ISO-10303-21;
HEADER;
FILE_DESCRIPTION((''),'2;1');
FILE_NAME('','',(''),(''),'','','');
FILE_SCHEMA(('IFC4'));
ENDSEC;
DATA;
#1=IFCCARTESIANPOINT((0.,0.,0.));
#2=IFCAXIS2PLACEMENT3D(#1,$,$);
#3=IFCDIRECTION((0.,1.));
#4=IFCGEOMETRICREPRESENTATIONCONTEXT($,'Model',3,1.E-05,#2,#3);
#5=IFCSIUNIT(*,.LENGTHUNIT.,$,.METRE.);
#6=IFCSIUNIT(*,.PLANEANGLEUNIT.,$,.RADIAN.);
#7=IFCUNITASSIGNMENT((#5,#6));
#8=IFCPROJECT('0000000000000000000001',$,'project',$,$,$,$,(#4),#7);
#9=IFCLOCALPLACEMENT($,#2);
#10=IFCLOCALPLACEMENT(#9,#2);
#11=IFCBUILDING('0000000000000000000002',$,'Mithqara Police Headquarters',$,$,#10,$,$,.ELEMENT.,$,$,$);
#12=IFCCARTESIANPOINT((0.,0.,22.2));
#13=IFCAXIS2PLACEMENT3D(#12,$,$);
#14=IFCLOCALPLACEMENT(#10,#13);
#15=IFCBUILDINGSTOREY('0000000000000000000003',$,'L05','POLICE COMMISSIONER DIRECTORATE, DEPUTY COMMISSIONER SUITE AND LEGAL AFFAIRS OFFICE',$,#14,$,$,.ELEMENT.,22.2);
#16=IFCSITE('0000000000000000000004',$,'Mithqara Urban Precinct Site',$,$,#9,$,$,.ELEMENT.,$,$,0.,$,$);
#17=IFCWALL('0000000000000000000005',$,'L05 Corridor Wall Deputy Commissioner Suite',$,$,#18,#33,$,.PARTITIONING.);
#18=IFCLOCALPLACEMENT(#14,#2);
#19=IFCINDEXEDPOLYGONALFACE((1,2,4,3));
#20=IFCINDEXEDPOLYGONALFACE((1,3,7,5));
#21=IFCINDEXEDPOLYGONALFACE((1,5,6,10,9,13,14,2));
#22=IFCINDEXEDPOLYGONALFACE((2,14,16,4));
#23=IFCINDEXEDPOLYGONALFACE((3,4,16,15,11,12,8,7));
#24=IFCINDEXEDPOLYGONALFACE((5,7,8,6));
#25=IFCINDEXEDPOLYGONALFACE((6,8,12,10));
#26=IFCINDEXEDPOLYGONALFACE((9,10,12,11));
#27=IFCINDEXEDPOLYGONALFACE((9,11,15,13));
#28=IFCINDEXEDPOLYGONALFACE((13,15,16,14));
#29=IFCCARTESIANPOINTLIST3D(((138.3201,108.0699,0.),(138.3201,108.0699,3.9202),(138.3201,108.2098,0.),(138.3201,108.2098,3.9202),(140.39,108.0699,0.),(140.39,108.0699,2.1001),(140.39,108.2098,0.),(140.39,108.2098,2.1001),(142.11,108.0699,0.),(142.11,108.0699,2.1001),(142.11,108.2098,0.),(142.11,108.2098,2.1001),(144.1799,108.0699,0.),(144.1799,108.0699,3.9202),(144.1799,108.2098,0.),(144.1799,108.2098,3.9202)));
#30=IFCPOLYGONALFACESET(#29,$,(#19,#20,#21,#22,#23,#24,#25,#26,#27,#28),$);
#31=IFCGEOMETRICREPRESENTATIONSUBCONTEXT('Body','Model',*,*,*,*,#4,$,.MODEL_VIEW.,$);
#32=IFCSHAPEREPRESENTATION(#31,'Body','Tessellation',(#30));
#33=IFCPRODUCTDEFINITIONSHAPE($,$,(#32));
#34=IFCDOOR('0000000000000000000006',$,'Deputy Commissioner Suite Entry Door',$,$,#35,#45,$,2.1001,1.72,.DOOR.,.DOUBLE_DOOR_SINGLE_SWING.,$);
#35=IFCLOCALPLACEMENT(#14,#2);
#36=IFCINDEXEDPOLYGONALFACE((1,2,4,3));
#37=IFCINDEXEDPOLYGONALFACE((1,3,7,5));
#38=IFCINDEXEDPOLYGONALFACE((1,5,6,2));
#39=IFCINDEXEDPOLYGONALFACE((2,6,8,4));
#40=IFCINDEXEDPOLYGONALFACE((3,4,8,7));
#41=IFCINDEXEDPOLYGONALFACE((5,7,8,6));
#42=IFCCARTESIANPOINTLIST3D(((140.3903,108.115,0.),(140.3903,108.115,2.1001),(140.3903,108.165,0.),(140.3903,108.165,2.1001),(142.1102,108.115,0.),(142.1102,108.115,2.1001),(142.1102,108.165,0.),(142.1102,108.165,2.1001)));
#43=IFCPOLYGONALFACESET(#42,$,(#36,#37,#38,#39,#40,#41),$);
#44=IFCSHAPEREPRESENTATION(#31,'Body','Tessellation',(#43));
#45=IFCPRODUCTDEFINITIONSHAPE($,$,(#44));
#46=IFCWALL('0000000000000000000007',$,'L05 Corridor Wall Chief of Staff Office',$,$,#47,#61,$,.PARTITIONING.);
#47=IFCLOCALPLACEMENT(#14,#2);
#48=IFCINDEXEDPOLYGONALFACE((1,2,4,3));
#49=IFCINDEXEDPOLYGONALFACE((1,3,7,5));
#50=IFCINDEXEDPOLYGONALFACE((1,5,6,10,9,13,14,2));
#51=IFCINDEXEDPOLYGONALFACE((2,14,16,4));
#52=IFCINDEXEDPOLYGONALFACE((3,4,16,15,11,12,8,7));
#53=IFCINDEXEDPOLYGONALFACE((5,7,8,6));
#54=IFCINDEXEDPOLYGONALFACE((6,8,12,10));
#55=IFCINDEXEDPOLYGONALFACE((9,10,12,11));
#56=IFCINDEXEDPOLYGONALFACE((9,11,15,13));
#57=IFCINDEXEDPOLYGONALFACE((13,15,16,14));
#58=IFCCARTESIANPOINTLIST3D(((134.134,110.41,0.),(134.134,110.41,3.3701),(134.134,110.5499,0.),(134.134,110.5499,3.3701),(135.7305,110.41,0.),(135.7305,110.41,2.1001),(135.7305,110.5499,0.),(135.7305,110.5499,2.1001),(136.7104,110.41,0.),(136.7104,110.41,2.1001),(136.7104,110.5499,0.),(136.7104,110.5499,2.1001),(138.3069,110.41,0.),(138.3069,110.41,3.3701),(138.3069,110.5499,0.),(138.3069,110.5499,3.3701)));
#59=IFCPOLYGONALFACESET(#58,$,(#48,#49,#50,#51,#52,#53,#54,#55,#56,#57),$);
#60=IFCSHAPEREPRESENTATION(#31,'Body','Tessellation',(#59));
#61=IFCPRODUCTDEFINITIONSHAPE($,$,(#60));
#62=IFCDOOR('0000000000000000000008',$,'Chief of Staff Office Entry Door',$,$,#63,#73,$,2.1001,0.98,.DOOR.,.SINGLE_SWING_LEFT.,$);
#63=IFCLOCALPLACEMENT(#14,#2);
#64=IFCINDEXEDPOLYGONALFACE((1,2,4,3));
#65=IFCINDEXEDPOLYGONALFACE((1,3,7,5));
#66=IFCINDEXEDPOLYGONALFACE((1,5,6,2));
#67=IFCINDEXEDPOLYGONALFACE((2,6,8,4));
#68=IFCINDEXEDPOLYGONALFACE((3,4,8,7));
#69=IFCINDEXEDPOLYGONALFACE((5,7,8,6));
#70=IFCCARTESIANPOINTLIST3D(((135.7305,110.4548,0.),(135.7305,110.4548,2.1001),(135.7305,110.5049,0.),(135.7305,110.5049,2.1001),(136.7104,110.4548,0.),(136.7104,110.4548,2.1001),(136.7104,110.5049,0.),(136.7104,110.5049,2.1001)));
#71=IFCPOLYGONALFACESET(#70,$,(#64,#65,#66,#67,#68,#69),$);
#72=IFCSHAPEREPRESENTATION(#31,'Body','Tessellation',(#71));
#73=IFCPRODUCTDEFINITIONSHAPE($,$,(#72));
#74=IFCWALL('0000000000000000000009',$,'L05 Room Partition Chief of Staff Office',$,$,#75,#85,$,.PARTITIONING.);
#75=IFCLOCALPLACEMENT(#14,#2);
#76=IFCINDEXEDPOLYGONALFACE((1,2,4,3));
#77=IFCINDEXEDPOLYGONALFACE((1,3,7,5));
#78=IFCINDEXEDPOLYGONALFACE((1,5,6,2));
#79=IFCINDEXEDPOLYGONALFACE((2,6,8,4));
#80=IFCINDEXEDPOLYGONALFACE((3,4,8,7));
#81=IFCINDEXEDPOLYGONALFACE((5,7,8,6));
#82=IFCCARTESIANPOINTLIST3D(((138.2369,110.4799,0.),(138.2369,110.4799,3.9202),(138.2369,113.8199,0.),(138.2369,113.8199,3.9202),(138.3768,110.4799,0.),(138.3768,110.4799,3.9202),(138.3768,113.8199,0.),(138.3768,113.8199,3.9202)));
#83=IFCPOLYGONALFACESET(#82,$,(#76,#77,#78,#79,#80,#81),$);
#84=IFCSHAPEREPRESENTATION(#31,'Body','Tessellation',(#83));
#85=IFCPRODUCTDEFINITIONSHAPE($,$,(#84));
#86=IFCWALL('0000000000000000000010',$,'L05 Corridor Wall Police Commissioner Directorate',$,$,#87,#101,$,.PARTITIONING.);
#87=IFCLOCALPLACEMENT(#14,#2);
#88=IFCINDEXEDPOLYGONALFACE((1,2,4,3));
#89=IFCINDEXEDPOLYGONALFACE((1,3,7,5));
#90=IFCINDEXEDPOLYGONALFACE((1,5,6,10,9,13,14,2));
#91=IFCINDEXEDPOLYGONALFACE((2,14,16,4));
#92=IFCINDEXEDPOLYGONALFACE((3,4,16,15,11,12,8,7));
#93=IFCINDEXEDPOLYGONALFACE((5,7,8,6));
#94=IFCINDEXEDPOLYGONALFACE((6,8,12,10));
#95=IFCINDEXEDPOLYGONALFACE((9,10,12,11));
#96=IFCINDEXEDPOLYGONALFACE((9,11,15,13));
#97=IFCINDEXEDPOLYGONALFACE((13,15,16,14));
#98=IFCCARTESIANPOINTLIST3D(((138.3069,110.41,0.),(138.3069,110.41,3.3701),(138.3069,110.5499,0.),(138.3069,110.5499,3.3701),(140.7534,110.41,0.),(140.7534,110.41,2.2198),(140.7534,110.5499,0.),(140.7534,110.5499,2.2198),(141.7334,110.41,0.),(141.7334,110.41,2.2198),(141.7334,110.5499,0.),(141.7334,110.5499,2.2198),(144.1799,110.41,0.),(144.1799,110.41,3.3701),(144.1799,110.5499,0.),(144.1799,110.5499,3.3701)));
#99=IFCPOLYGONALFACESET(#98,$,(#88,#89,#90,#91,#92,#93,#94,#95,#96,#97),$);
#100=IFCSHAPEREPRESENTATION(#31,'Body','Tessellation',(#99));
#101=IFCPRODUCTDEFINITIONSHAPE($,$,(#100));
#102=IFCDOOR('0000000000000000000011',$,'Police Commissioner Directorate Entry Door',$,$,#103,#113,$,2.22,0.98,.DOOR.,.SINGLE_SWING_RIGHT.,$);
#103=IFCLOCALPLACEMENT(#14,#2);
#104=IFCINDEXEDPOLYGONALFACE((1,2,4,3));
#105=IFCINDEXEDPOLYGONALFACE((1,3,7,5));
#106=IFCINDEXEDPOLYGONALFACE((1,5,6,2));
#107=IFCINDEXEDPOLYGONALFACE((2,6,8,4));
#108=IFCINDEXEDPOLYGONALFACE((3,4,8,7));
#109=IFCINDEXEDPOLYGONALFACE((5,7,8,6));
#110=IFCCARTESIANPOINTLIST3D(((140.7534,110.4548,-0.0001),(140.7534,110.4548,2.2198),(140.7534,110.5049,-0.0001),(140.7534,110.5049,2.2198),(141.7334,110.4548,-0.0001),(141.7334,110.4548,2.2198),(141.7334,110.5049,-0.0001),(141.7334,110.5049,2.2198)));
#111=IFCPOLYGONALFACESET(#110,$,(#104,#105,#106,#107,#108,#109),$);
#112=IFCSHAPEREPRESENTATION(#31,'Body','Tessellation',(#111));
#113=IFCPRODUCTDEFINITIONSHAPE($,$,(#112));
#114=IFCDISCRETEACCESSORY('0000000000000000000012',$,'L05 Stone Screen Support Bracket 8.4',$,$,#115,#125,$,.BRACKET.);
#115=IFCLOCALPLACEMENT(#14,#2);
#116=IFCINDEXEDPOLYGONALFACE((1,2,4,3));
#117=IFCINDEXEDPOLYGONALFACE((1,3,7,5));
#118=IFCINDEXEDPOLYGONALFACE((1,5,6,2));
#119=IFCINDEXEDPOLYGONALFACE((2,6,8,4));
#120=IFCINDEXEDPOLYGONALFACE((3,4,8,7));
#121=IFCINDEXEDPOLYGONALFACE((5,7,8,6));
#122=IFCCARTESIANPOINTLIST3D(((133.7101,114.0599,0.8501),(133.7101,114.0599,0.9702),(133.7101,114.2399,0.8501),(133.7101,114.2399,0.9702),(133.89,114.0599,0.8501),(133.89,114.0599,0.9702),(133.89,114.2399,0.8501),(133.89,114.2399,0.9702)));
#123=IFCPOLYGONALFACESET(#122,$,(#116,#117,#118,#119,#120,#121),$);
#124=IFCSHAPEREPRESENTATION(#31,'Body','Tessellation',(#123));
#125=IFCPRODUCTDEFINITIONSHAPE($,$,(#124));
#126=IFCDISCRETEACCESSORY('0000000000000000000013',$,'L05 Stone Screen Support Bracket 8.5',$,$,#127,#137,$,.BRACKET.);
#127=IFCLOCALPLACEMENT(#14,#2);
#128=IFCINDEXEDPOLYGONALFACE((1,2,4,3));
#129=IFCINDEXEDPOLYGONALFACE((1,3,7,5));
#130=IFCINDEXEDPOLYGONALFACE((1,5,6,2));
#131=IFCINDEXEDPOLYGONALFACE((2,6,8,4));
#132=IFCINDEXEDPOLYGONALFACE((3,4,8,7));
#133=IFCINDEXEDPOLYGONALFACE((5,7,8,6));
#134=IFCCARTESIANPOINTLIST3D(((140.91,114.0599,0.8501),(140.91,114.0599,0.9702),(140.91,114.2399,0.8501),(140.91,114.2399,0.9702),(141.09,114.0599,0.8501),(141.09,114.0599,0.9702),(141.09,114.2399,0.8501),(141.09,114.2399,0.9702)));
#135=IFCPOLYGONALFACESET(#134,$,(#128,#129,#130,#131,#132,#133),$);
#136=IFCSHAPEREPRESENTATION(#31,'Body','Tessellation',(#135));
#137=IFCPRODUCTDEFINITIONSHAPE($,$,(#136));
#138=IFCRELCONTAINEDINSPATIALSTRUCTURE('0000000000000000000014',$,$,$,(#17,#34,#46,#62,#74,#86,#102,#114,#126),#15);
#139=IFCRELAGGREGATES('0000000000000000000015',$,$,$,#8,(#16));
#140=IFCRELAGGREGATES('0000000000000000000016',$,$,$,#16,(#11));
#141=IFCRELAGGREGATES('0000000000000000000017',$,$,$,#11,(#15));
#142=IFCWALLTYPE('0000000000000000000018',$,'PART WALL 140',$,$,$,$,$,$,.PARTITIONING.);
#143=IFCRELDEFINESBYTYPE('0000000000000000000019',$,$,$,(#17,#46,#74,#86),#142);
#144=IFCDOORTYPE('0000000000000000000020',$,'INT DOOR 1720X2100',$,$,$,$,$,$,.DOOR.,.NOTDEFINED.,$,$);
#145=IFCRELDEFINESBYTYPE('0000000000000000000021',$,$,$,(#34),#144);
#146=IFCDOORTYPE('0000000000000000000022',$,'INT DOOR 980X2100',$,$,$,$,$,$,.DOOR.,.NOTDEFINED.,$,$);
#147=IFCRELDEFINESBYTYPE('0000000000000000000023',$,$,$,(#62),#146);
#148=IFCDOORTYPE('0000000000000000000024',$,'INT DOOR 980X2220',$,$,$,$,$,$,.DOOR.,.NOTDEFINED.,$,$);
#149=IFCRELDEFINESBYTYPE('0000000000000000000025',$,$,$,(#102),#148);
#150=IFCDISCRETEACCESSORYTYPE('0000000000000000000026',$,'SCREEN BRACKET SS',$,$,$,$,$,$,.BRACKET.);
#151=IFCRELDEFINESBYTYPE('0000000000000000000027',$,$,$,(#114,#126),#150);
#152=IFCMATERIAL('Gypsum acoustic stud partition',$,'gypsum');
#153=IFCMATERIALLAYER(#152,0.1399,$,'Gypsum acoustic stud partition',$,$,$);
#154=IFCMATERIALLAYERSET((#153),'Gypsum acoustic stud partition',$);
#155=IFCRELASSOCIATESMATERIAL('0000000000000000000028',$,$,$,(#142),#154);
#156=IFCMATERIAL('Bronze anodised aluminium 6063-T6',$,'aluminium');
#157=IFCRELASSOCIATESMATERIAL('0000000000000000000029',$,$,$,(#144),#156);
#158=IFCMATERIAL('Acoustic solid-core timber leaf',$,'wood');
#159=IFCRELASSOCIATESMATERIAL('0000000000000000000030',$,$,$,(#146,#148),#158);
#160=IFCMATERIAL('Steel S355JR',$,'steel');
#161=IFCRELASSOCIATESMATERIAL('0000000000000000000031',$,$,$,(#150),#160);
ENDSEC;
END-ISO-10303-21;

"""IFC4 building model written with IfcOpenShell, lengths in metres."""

from ifc_helpers import new_model, si_unit, direction, frame, frame_2d, origin, origin_2d, place, context, subcontext, project, spatial, rectangle, extrude, material, layer, layer_set, type_object, element, fill, save


model = new_model("IFC4")

# Units and contexts
model_context = context("Model", 3, precision=1e-05, world=origin(), true_north=direction((0.0, 1.0)))
body_context = subcontext(model_context, "Body", "Model", "MODEL_VIEW")
ifc_project = project(units=[si_unit("LENGTHUNIT", "METRE"), si_unit("PLANEANGLEUNIT", "RADIAN")], contexts=[model_context])

# Site, building, storey
site_placement = place(None, origin())
site = spatial("IfcSite", under=ifc_project, at=site_placement, Name="Mithqara Urban Precinct Site", CompositionType="ELEMENT", RefElevation=0.0)
building_placement = place(site_placement, origin())
building = spatial("IfcBuilding", under=site, at=building_placement, Name="Mithqara Police Headquarters", CompositionType="ELEMENT")
storey_placement = place(building_placement, frame((0.0, 0.0, 22.2)))
storey = spatial("IfcBuildingStorey", under=building, at=storey_placement, Name="L05", Description="POLICE COMMISSIONER DIRECTORATE, DEPUTY COMMISSIONER SUITE AND LEGAL AFFAIRS OFFICE", CompositionType="ELEMENT", Elevation=22.2)

# Shared definitions
ifc_material_1 = material(Name="Steel S355JR", Category="steel")

# Walls, openings, doors
ifc_material_2 = material(Name="Gypsum acoustic stud partition", Category="gypsum")
ifc_layer_1 = layer(ifc_material_2, 0.1399, Name="Gypsum acoustic stud partition")
ifc_layer_set_1 = layer_set([ifc_layer_1], Name="Gypsum acoustic stud partition")
wall_type = type_object("IfcWallType", Name="PART WALL 140", PredefinedType="PARTITIONING", material=ifc_layer_set_1)
ifc_material_3 = material(Name="Bronze anodised aluminium 6063-T6", Category="aluminium")
wall_1_placement = place(storey_placement, frame((138.3201, 108.1399, 0.0), z_axis=(0.0, 0.0, 1.0), x_axis=(1.0, 0.0, 0.0)))
wall_1 = element("IfcWall", 1, at=wall_1_placement, inside=storey, type_object=wall_type, Name="L05 Corridor Wall Deputy Commissioner Suite", PredefinedType="PARTITIONING", context=body_context, shape_type="SweptSolid", body=[
    extrude(rectangle(XDim=5.8599, YDim=0.1399, at=frame_2d((2.9299, 0.0))), origin(), (0.0, 0.0, 1.0), 3.9202),
])
opening_1_placement = place(wall_1_placement, frame((2.0701, 0.0, 0.0)))
opening_1 = element("IfcOpeningElement", 2, at=opening_1_placement, cuts=wall_1, PredefinedType="OPENING", context=body_context, shape_type="SweptSolid", body=[
    extrude(rectangle(XDim=1.72, YDim=2.1001, at=frame_2d((0.8599, 1.05))), frame((0.0, 0.0801, 0.0), z_axis=(0.0, -1.0, 0.0), x_axis=(1.0, 0.0, 0.0)), (0.0, 0.0, 1.0), 0.1599),
])
door_type_1 = type_object("IfcDoorType", Name="INT DOOR 1720X2100", OperationType="NOTDEFINED", PredefinedType="DOOR", material=ifc_material_3)
door_1_placement = place(opening_1_placement, frame((1.72, 0.0, 0.0), z_axis=(0.0, 0.0, 1.0), x_axis=(-1.0, 0.0, 0.0)))
door_1 = element("IfcDoor", 3, at=door_1_placement, inside=storey, type_object=door_type_1, Name="Deputy Commissioner Suite Entry Door", OperationType="DOUBLE_DOOR_SINGLE_SWING", OverallHeight=2.1001, OverallWidth=1.72, PredefinedType="DOOR", context=body_context, shape_type="SweptSolid", body=[
    extrude(rectangle(XDim=1.72, YDim=2.1001, at=frame_2d((0.8599, 1.05))), frame((0.0, 0.0249, 0.0), z_axis=(0.0, -1.0, 0.0), x_axis=(1.0, 0.0, 0.0)), (0.0, 0.0, 1.0), 0.05),
])
fill(opening_1, door_1)
wall_2_placement = place(storey_placement, frame((134.134, 110.48, 0.0), z_axis=(0.0, 0.0, 1.0), x_axis=(1.0, 0.0, 0.0)))
wall_2 = element("IfcWall", 4, at=wall_2_placement, inside=storey, type_object=wall_type, Name="L05 Corridor Wall Chief of Staff Office", PredefinedType="PARTITIONING", context=body_context, shape_type="SweptSolid", body=[
    extrude(rectangle(XDim=4.1729, YDim=0.1399, at=frame_2d((2.0864, 0.0))), origin(), (0.0, 0.0, 1.0), 3.3701),
])
opening_2_placement = place(wall_2_placement, frame((1.5964, 0.0, 0.0)))
opening_2 = element("IfcOpeningElement", 5, at=opening_2_placement, cuts=wall_2, PredefinedType="OPENING", context=body_context, shape_type="SweptSolid", body=[
    extrude(rectangle(XDim=0.98, YDim=2.1001, at=frame_2d((0.49, 1.05))), frame((0.0, 0.0801, 0.0), z_axis=(0.0, -1.0, 0.0), x_axis=(1.0, 0.0, 0.0)), (0.0, 0.0, 1.0), 0.1599),
])
ifc_material_4 = material(Name="Acoustic solid-core timber leaf", Category="wood")
door_type_2 = type_object("IfcDoorType", Name="INT DOOR 980X2100", OperationType="NOTDEFINED", PredefinedType="DOOR", material=ifc_material_4)
door_2_placement = place(opening_2_placement, origin())
door_2 = element("IfcDoor", 6, at=door_2_placement, inside=storey, type_object=door_type_2, Name="Chief of Staff Office Entry Door", OperationType="SINGLE_SWING_LEFT", OverallHeight=2.1001, OverallWidth=0.98, PredefinedType="DOOR", context=body_context, shape_type="SweptSolid", body=[
    extrude(rectangle(XDim=0.98, YDim=2.1001, at=frame_2d((0.49, 1.05))), frame((0.0, 0.0249, 0.0), z_axis=(0.0, -1.0, 0.0), x_axis=(1.0, 0.0, 0.0)), (0.0, 0.0, 1.0), 0.05),
])
fill(opening_2, door_2)

# Wall
wall_3_placement = place(storey_placement, frame((138.3069, 110.48, 0.0), z_axis=(0.0, 0.0, 1.0), x_axis=(0.0, 1.0, 0.0)))
element("IfcWall", 7, at=wall_3_placement, inside=storey, type_object=wall_type, Name="L05 Room Partition Chief of Staff Office", PredefinedType="PARTITIONING", context=body_context, shape_type="SweptSolid", body=[
    extrude(rectangle(XDim=3.3401, YDim=0.1399, at=frame_2d((1.6699, 0.0))), origin(), (0.0, 0.0, 1.0), 3.9202),
])

# Wall, opening, door
wall_4_placement = place(storey_placement, frame((138.3069, 110.48, 0.0), z_axis=(0.0, 0.0, 1.0), x_axis=(1.0, 0.0, 0.0)))
wall_4 = element("IfcWall", 8, at=wall_4_placement, inside=storey, type_object=wall_type, Name="L05 Corridor Wall Police Commissioner Directorate", PredefinedType="PARTITIONING", context=body_context, shape_type="SweptSolid", body=[
    extrude(rectangle(XDim=5.873, YDim=0.1399, at=frame_2d((2.9365, 0.0))), origin(), (0.0, 0.0, 1.0), 3.3701),
])
opening_3_placement = place(wall_4_placement, frame((2.4465, 0.0, 0.0)))
opening_3 = element("IfcOpeningElement", 9, at=opening_3_placement, cuts=wall_4, PredefinedType="OPENING", context=body_context, shape_type="SweptSolid", body=[
    extrude(rectangle(XDim=0.98, YDim=2.22, at=frame_2d((0.49, 1.1099))), frame((0.0, 0.0801, 0.0), z_axis=(0.0, -1.0, 0.0), x_axis=(1.0, 0.0, 0.0)), (0.0, 0.0, 1.0), 0.1599),
])
door_type_3 = type_object("IfcDoorType", Name="INT DOOR 980X2220", OperationType="NOTDEFINED", PredefinedType="DOOR", material=ifc_material_4)
door_3_placement = place(opening_3_placement, origin())
door_3 = element("IfcDoor", 10, at=door_3_placement, inside=storey, type_object=door_type_3, Name="Police Commissioner Directorate Entry Door", OperationType="SINGLE_SWING_RIGHT", OverallHeight=2.22, OverallWidth=0.98, PredefinedType="DOOR", context=body_context, shape_type="SweptSolid", body=[
    extrude(rectangle(XDim=0.98, YDim=2.22, at=frame_2d((0.49, 1.1099))), frame((0.0, 0.0249, 0.0), z_axis=(0.0, -1.0, 0.0), x_axis=(1.0, 0.0, 0.0)), (0.0, 0.0, 1.0), 0.05),
])
fill(opening_3, door_3)

# Discrete accessories
discrete_accessory_type = type_object("IfcDiscreteAccessoryType", Name="SCREEN BRACKET SS", PredefinedType="BRACKET", material=ifc_material_1)
for number, where, z_axis, x_axis, name in (
    (11, (133.8, 114.1499, 0.8501), (0.0, 0.0, 1.0), (1.0, 0.0, 0.0), "L05 Stone Screen Support Bracket 8.4"),
    (12, (141.0, 114.1499, 0.8501), (0.0, 0.0, 1.0), (1.0, 0.0, 0.0), "L05 Stone Screen Support Bracket 8.5"),
):
    element("IfcDiscreteAccessory", number, at=place(storey_placement, frame(where, z_axis=z_axis, x_axis=x_axis)), inside=storey, type_object=discrete_accessory_type, Name=name, PredefinedType="BRACKET", context=body_context, shape_type="SweptSolid", body=[
        extrude(rectangle(XDim=0.1799, YDim=0.1799, at=origin_2d()), origin(), (0.0, 0.0, 1.0), 0.1201),
    ])

save(model, "model.ifc")
